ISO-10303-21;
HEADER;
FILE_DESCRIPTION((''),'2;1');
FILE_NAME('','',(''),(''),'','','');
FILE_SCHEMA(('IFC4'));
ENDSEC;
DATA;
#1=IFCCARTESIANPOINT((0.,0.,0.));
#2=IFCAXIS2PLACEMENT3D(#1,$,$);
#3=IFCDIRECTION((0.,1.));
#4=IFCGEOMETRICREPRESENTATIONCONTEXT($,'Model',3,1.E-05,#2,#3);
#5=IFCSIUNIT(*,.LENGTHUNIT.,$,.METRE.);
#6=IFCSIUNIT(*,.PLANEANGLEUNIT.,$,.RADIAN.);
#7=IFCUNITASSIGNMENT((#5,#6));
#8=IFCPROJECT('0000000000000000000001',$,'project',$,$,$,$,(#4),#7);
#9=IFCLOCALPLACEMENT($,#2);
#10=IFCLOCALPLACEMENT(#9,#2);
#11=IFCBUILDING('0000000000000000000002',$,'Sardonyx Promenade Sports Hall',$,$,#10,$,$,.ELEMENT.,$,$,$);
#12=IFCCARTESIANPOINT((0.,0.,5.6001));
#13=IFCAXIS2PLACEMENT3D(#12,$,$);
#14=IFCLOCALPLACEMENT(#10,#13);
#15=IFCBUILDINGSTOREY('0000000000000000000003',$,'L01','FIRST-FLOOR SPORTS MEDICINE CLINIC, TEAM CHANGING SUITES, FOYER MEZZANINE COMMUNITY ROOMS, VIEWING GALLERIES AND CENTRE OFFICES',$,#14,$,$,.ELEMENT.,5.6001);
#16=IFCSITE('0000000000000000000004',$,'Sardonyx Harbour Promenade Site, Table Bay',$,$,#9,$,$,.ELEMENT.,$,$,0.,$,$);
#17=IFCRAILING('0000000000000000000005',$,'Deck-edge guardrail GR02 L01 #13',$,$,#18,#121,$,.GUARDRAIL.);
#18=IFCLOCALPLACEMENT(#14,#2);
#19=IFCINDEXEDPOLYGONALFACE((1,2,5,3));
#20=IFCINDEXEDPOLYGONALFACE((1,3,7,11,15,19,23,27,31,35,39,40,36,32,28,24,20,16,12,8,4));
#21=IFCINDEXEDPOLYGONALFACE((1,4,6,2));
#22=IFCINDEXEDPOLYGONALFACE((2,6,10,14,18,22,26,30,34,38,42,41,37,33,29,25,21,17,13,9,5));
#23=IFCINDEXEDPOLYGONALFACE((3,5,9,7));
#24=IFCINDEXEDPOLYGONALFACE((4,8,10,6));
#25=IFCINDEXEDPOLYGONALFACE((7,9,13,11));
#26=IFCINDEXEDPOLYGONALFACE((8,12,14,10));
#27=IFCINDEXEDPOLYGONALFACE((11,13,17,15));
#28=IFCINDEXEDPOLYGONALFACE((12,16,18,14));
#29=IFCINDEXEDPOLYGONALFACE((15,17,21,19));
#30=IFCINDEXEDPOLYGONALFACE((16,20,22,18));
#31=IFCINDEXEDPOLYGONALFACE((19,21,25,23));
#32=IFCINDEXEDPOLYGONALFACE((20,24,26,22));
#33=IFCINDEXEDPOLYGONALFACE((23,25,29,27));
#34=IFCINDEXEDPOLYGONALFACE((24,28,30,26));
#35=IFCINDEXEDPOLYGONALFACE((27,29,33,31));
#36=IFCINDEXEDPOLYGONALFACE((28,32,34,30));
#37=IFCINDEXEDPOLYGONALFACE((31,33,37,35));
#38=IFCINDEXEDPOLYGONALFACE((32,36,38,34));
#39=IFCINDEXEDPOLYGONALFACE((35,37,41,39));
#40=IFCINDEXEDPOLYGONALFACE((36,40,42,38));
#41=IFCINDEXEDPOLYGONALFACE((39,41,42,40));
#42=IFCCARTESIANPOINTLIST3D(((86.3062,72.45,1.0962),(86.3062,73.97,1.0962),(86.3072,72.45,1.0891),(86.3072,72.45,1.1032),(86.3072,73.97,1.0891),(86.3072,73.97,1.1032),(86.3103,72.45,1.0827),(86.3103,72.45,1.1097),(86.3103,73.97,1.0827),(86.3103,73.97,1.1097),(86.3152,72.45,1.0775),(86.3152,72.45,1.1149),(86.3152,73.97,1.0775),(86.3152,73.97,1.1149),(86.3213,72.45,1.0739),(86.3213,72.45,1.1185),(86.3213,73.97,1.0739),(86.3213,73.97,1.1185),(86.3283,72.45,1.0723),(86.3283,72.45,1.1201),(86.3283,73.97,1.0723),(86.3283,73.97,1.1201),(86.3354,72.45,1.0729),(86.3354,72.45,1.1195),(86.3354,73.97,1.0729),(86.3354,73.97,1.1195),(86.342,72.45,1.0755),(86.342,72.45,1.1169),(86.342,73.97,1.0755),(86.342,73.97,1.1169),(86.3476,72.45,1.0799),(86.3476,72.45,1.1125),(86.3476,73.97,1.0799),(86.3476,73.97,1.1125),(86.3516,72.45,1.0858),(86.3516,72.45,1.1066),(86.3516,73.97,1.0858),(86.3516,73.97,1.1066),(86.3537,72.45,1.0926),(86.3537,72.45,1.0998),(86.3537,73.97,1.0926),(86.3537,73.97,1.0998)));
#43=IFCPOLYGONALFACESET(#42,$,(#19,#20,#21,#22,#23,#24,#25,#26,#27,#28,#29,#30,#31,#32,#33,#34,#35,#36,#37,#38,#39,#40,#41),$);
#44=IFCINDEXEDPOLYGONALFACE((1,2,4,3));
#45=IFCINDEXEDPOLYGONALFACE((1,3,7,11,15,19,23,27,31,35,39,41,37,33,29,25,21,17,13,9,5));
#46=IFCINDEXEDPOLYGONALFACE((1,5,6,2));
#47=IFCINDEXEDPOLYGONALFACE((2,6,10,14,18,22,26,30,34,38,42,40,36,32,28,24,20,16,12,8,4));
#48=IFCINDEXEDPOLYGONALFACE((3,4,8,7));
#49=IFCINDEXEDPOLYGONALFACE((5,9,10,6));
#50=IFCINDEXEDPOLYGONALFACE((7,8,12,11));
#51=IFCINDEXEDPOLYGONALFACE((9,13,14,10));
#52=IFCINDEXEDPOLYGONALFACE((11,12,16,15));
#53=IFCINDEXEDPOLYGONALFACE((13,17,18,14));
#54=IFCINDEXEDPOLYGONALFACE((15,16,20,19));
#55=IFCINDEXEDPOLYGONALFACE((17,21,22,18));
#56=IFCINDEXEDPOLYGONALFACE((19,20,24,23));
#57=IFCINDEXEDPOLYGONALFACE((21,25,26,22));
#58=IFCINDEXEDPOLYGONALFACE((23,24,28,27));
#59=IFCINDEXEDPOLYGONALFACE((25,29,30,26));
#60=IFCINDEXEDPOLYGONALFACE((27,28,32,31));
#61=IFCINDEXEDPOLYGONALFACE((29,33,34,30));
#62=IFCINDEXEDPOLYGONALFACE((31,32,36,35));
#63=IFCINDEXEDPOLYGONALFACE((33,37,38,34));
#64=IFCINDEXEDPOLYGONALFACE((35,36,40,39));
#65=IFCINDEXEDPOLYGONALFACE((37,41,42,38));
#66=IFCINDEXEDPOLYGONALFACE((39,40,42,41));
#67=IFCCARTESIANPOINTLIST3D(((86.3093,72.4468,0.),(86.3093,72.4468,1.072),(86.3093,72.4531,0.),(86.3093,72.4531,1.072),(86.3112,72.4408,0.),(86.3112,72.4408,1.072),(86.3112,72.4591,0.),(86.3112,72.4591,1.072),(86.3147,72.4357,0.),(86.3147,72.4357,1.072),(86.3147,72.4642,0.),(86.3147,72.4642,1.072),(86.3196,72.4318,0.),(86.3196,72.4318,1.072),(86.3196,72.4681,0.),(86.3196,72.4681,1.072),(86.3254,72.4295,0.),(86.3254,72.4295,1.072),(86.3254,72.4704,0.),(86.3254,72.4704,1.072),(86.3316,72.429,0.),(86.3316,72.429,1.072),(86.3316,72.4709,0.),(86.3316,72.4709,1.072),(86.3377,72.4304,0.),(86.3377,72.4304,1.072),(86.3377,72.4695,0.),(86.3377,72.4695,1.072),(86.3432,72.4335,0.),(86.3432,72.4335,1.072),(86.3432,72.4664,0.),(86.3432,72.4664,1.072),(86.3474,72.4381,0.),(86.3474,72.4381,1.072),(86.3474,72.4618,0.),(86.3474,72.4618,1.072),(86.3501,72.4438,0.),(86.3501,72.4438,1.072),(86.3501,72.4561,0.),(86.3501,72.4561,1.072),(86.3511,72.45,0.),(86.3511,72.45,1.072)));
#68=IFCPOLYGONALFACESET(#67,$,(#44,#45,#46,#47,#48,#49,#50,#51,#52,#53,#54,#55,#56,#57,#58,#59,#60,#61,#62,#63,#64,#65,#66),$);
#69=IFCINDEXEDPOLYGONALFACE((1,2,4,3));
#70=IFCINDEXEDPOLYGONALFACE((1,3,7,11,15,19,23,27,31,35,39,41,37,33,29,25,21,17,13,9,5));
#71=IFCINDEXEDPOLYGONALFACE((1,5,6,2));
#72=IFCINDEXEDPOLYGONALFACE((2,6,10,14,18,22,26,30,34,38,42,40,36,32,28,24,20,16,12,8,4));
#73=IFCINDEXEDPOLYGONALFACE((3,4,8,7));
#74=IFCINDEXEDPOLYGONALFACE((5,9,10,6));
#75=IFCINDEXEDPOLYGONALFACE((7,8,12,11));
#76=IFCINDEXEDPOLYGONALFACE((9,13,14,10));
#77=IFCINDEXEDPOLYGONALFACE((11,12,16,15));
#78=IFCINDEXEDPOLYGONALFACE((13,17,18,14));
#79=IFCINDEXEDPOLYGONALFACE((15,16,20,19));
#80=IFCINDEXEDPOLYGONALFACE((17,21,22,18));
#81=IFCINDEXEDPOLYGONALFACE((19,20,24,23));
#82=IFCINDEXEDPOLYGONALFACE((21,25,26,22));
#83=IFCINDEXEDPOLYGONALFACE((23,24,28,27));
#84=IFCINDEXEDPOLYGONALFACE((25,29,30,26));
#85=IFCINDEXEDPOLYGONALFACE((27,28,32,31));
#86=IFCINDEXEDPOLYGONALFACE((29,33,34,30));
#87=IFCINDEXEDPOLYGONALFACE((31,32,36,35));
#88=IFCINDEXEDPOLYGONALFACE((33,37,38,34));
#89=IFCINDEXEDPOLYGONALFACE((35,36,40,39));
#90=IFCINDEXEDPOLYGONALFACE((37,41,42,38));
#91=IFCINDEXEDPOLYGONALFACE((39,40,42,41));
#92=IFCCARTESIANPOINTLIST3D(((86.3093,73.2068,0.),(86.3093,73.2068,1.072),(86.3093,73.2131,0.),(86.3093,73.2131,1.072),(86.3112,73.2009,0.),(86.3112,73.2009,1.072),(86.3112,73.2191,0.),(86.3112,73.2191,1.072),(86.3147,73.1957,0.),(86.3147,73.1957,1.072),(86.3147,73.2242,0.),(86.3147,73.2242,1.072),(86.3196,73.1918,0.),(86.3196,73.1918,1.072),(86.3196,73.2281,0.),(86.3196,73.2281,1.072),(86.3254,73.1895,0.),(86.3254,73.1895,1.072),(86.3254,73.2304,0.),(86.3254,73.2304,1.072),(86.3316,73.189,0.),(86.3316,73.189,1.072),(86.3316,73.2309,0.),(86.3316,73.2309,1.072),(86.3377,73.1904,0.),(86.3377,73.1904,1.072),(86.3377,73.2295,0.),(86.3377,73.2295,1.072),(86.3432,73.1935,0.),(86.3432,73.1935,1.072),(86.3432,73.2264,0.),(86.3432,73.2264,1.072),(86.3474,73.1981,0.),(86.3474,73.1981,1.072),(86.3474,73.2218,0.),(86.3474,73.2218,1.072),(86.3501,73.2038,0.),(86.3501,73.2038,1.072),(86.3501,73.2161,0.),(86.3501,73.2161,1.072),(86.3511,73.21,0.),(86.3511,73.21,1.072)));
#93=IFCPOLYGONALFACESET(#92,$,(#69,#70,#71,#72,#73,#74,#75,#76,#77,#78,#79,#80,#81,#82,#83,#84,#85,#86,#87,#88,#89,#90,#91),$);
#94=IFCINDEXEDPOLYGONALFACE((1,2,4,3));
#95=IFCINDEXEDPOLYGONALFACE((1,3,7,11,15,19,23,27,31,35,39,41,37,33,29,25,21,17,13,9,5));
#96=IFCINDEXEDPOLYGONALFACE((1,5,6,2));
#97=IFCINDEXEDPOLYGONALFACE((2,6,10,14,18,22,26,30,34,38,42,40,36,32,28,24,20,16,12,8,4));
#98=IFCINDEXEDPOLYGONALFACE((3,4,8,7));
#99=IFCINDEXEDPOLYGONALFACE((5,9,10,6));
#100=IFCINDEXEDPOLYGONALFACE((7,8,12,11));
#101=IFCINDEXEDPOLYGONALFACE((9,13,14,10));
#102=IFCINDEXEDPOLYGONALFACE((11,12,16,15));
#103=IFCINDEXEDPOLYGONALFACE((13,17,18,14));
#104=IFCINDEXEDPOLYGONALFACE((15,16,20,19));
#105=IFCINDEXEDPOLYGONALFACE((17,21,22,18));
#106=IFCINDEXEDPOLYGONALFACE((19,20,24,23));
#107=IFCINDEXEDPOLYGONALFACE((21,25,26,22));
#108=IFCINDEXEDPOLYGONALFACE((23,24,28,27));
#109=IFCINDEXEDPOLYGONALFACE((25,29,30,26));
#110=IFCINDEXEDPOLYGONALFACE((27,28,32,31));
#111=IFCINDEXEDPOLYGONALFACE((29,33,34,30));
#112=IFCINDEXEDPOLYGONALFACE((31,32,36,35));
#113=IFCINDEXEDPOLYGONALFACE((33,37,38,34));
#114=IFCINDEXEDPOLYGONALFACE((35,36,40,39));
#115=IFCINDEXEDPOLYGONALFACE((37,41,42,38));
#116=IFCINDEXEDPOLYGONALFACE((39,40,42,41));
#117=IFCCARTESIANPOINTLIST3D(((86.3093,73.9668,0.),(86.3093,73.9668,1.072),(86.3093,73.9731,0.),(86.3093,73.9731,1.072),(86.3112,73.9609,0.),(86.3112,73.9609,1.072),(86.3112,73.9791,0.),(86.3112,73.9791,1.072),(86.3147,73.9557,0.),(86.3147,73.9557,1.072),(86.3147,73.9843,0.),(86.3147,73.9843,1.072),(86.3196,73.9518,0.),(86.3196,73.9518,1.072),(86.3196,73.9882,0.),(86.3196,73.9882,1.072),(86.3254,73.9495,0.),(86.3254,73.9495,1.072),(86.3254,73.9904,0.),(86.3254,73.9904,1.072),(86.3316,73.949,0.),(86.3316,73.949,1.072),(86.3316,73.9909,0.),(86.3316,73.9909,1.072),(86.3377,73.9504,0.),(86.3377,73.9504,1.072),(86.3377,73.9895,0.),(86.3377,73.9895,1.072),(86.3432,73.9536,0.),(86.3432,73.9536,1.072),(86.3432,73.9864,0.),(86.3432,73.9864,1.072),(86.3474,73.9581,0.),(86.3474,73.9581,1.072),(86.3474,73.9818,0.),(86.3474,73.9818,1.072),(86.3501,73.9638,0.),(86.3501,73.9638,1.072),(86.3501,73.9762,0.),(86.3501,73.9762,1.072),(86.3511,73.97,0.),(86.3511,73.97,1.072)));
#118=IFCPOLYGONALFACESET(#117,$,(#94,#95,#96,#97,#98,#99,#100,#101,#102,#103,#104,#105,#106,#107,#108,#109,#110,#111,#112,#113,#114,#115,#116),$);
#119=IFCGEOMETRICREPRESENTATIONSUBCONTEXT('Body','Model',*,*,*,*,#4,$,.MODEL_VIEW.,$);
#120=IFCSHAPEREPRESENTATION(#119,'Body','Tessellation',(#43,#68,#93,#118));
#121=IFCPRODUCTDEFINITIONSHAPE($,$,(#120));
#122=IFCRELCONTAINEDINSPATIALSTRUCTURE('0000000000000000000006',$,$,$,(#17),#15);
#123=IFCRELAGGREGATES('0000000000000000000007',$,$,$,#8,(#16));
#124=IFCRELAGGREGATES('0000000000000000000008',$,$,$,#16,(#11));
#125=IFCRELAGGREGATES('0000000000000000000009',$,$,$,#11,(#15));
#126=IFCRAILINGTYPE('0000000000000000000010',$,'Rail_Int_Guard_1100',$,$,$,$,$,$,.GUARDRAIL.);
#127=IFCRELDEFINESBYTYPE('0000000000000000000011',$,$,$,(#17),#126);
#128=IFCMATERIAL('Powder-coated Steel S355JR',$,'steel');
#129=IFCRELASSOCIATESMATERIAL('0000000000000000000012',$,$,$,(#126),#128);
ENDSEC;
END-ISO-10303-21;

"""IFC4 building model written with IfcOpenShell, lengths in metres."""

from ifc_helpers import new_model, si_unit, direction, frame, origin, origin_2d, place, context, subcontext, project, spatial, circle, extrude, material, type_object, element, save


model = new_model("IFC4")

# Units and contexts
model_context = context("Model", 3, precision=1e-05, world=origin(), true_north=direction((0.0, 1.0)))
body_context = subcontext(model_context, "Body", "Model", "MODEL_VIEW")
ifc_project = project(units=[si_unit("LENGTHUNIT", "METRE"), si_unit("PLANEANGLEUNIT", "RADIAN")], contexts=[model_context])

# Site, building, storey
site_placement = place(None, origin())
site = spatial("IfcSite", under=ifc_project, at=site_placement, Name="Sardonyx Harbour Promenade Site, Table Bay", CompositionType="ELEMENT", RefElevation=0.0)
building_placement = place(site_placement, origin())
building = spatial("IfcBuilding", under=site, at=building_placement, Name="Sardonyx Promenade Sports Hall", CompositionType="ELEMENT")
storey_placement = place(building_placement, frame((0.0, 0.0, 5.6001)))
storey = spatial("IfcBuildingStorey", under=building, at=storey_placement, Name="L01", Description="FIRST-FLOOR SPORTS MEDICINE CLINIC, TEAM CHANGING SUITES, FOYER MEZZANINE COMMUNITY ROOMS, VIEWING GALLERIES AND CENTRE OFFICES", CompositionType="ELEMENT", Elevation=5.6001)

# Railing
ifc_material_1 = material(Name="Powder-coated Steel S355JR", Category="steel")
railing_type = type_object("IfcRailingType", Name="Rail_Int_Guard_1100", PredefinedType="GUARDRAIL", material=ifc_material_1)
railing_1_placement = place(storey_placement, frame((86.3301, 72.45, 0.0)))
element("IfcRailing", 1, at=railing_1_placement, inside=storey, type_object=railing_type, Name="Deck-edge guardrail GR02 L01 #13", PredefinedType="GUARDRAIL", context=body_context, shape_type="SweptSolid", body=[
    extrude(circle(Radius=0.0239, at=origin_2d()), frame((0.0, 0.0, 1.0962), z_axis=(0.0, 1.0, 0.0), x_axis=(-1.0, 0.0, 0.0)), (0.0, 0.0, 1.0), 1.52),
    extrude(circle(Radius=0.021, at=origin_2d()), origin(), (0.0, 0.0, 1.0), 1.072),
    extrude(circle(Radius=0.021, at=origin_2d()), frame((0.0, 0.76, 0.0)), (0.0, 0.0, 1.0), 1.072),
    extrude(circle(Radius=0.021, at=origin_2d()), frame((0.0, 1.52, 0.0)), (0.0, 0.0, 1.0), 1.072),
])

save(model, "model.ifc")
